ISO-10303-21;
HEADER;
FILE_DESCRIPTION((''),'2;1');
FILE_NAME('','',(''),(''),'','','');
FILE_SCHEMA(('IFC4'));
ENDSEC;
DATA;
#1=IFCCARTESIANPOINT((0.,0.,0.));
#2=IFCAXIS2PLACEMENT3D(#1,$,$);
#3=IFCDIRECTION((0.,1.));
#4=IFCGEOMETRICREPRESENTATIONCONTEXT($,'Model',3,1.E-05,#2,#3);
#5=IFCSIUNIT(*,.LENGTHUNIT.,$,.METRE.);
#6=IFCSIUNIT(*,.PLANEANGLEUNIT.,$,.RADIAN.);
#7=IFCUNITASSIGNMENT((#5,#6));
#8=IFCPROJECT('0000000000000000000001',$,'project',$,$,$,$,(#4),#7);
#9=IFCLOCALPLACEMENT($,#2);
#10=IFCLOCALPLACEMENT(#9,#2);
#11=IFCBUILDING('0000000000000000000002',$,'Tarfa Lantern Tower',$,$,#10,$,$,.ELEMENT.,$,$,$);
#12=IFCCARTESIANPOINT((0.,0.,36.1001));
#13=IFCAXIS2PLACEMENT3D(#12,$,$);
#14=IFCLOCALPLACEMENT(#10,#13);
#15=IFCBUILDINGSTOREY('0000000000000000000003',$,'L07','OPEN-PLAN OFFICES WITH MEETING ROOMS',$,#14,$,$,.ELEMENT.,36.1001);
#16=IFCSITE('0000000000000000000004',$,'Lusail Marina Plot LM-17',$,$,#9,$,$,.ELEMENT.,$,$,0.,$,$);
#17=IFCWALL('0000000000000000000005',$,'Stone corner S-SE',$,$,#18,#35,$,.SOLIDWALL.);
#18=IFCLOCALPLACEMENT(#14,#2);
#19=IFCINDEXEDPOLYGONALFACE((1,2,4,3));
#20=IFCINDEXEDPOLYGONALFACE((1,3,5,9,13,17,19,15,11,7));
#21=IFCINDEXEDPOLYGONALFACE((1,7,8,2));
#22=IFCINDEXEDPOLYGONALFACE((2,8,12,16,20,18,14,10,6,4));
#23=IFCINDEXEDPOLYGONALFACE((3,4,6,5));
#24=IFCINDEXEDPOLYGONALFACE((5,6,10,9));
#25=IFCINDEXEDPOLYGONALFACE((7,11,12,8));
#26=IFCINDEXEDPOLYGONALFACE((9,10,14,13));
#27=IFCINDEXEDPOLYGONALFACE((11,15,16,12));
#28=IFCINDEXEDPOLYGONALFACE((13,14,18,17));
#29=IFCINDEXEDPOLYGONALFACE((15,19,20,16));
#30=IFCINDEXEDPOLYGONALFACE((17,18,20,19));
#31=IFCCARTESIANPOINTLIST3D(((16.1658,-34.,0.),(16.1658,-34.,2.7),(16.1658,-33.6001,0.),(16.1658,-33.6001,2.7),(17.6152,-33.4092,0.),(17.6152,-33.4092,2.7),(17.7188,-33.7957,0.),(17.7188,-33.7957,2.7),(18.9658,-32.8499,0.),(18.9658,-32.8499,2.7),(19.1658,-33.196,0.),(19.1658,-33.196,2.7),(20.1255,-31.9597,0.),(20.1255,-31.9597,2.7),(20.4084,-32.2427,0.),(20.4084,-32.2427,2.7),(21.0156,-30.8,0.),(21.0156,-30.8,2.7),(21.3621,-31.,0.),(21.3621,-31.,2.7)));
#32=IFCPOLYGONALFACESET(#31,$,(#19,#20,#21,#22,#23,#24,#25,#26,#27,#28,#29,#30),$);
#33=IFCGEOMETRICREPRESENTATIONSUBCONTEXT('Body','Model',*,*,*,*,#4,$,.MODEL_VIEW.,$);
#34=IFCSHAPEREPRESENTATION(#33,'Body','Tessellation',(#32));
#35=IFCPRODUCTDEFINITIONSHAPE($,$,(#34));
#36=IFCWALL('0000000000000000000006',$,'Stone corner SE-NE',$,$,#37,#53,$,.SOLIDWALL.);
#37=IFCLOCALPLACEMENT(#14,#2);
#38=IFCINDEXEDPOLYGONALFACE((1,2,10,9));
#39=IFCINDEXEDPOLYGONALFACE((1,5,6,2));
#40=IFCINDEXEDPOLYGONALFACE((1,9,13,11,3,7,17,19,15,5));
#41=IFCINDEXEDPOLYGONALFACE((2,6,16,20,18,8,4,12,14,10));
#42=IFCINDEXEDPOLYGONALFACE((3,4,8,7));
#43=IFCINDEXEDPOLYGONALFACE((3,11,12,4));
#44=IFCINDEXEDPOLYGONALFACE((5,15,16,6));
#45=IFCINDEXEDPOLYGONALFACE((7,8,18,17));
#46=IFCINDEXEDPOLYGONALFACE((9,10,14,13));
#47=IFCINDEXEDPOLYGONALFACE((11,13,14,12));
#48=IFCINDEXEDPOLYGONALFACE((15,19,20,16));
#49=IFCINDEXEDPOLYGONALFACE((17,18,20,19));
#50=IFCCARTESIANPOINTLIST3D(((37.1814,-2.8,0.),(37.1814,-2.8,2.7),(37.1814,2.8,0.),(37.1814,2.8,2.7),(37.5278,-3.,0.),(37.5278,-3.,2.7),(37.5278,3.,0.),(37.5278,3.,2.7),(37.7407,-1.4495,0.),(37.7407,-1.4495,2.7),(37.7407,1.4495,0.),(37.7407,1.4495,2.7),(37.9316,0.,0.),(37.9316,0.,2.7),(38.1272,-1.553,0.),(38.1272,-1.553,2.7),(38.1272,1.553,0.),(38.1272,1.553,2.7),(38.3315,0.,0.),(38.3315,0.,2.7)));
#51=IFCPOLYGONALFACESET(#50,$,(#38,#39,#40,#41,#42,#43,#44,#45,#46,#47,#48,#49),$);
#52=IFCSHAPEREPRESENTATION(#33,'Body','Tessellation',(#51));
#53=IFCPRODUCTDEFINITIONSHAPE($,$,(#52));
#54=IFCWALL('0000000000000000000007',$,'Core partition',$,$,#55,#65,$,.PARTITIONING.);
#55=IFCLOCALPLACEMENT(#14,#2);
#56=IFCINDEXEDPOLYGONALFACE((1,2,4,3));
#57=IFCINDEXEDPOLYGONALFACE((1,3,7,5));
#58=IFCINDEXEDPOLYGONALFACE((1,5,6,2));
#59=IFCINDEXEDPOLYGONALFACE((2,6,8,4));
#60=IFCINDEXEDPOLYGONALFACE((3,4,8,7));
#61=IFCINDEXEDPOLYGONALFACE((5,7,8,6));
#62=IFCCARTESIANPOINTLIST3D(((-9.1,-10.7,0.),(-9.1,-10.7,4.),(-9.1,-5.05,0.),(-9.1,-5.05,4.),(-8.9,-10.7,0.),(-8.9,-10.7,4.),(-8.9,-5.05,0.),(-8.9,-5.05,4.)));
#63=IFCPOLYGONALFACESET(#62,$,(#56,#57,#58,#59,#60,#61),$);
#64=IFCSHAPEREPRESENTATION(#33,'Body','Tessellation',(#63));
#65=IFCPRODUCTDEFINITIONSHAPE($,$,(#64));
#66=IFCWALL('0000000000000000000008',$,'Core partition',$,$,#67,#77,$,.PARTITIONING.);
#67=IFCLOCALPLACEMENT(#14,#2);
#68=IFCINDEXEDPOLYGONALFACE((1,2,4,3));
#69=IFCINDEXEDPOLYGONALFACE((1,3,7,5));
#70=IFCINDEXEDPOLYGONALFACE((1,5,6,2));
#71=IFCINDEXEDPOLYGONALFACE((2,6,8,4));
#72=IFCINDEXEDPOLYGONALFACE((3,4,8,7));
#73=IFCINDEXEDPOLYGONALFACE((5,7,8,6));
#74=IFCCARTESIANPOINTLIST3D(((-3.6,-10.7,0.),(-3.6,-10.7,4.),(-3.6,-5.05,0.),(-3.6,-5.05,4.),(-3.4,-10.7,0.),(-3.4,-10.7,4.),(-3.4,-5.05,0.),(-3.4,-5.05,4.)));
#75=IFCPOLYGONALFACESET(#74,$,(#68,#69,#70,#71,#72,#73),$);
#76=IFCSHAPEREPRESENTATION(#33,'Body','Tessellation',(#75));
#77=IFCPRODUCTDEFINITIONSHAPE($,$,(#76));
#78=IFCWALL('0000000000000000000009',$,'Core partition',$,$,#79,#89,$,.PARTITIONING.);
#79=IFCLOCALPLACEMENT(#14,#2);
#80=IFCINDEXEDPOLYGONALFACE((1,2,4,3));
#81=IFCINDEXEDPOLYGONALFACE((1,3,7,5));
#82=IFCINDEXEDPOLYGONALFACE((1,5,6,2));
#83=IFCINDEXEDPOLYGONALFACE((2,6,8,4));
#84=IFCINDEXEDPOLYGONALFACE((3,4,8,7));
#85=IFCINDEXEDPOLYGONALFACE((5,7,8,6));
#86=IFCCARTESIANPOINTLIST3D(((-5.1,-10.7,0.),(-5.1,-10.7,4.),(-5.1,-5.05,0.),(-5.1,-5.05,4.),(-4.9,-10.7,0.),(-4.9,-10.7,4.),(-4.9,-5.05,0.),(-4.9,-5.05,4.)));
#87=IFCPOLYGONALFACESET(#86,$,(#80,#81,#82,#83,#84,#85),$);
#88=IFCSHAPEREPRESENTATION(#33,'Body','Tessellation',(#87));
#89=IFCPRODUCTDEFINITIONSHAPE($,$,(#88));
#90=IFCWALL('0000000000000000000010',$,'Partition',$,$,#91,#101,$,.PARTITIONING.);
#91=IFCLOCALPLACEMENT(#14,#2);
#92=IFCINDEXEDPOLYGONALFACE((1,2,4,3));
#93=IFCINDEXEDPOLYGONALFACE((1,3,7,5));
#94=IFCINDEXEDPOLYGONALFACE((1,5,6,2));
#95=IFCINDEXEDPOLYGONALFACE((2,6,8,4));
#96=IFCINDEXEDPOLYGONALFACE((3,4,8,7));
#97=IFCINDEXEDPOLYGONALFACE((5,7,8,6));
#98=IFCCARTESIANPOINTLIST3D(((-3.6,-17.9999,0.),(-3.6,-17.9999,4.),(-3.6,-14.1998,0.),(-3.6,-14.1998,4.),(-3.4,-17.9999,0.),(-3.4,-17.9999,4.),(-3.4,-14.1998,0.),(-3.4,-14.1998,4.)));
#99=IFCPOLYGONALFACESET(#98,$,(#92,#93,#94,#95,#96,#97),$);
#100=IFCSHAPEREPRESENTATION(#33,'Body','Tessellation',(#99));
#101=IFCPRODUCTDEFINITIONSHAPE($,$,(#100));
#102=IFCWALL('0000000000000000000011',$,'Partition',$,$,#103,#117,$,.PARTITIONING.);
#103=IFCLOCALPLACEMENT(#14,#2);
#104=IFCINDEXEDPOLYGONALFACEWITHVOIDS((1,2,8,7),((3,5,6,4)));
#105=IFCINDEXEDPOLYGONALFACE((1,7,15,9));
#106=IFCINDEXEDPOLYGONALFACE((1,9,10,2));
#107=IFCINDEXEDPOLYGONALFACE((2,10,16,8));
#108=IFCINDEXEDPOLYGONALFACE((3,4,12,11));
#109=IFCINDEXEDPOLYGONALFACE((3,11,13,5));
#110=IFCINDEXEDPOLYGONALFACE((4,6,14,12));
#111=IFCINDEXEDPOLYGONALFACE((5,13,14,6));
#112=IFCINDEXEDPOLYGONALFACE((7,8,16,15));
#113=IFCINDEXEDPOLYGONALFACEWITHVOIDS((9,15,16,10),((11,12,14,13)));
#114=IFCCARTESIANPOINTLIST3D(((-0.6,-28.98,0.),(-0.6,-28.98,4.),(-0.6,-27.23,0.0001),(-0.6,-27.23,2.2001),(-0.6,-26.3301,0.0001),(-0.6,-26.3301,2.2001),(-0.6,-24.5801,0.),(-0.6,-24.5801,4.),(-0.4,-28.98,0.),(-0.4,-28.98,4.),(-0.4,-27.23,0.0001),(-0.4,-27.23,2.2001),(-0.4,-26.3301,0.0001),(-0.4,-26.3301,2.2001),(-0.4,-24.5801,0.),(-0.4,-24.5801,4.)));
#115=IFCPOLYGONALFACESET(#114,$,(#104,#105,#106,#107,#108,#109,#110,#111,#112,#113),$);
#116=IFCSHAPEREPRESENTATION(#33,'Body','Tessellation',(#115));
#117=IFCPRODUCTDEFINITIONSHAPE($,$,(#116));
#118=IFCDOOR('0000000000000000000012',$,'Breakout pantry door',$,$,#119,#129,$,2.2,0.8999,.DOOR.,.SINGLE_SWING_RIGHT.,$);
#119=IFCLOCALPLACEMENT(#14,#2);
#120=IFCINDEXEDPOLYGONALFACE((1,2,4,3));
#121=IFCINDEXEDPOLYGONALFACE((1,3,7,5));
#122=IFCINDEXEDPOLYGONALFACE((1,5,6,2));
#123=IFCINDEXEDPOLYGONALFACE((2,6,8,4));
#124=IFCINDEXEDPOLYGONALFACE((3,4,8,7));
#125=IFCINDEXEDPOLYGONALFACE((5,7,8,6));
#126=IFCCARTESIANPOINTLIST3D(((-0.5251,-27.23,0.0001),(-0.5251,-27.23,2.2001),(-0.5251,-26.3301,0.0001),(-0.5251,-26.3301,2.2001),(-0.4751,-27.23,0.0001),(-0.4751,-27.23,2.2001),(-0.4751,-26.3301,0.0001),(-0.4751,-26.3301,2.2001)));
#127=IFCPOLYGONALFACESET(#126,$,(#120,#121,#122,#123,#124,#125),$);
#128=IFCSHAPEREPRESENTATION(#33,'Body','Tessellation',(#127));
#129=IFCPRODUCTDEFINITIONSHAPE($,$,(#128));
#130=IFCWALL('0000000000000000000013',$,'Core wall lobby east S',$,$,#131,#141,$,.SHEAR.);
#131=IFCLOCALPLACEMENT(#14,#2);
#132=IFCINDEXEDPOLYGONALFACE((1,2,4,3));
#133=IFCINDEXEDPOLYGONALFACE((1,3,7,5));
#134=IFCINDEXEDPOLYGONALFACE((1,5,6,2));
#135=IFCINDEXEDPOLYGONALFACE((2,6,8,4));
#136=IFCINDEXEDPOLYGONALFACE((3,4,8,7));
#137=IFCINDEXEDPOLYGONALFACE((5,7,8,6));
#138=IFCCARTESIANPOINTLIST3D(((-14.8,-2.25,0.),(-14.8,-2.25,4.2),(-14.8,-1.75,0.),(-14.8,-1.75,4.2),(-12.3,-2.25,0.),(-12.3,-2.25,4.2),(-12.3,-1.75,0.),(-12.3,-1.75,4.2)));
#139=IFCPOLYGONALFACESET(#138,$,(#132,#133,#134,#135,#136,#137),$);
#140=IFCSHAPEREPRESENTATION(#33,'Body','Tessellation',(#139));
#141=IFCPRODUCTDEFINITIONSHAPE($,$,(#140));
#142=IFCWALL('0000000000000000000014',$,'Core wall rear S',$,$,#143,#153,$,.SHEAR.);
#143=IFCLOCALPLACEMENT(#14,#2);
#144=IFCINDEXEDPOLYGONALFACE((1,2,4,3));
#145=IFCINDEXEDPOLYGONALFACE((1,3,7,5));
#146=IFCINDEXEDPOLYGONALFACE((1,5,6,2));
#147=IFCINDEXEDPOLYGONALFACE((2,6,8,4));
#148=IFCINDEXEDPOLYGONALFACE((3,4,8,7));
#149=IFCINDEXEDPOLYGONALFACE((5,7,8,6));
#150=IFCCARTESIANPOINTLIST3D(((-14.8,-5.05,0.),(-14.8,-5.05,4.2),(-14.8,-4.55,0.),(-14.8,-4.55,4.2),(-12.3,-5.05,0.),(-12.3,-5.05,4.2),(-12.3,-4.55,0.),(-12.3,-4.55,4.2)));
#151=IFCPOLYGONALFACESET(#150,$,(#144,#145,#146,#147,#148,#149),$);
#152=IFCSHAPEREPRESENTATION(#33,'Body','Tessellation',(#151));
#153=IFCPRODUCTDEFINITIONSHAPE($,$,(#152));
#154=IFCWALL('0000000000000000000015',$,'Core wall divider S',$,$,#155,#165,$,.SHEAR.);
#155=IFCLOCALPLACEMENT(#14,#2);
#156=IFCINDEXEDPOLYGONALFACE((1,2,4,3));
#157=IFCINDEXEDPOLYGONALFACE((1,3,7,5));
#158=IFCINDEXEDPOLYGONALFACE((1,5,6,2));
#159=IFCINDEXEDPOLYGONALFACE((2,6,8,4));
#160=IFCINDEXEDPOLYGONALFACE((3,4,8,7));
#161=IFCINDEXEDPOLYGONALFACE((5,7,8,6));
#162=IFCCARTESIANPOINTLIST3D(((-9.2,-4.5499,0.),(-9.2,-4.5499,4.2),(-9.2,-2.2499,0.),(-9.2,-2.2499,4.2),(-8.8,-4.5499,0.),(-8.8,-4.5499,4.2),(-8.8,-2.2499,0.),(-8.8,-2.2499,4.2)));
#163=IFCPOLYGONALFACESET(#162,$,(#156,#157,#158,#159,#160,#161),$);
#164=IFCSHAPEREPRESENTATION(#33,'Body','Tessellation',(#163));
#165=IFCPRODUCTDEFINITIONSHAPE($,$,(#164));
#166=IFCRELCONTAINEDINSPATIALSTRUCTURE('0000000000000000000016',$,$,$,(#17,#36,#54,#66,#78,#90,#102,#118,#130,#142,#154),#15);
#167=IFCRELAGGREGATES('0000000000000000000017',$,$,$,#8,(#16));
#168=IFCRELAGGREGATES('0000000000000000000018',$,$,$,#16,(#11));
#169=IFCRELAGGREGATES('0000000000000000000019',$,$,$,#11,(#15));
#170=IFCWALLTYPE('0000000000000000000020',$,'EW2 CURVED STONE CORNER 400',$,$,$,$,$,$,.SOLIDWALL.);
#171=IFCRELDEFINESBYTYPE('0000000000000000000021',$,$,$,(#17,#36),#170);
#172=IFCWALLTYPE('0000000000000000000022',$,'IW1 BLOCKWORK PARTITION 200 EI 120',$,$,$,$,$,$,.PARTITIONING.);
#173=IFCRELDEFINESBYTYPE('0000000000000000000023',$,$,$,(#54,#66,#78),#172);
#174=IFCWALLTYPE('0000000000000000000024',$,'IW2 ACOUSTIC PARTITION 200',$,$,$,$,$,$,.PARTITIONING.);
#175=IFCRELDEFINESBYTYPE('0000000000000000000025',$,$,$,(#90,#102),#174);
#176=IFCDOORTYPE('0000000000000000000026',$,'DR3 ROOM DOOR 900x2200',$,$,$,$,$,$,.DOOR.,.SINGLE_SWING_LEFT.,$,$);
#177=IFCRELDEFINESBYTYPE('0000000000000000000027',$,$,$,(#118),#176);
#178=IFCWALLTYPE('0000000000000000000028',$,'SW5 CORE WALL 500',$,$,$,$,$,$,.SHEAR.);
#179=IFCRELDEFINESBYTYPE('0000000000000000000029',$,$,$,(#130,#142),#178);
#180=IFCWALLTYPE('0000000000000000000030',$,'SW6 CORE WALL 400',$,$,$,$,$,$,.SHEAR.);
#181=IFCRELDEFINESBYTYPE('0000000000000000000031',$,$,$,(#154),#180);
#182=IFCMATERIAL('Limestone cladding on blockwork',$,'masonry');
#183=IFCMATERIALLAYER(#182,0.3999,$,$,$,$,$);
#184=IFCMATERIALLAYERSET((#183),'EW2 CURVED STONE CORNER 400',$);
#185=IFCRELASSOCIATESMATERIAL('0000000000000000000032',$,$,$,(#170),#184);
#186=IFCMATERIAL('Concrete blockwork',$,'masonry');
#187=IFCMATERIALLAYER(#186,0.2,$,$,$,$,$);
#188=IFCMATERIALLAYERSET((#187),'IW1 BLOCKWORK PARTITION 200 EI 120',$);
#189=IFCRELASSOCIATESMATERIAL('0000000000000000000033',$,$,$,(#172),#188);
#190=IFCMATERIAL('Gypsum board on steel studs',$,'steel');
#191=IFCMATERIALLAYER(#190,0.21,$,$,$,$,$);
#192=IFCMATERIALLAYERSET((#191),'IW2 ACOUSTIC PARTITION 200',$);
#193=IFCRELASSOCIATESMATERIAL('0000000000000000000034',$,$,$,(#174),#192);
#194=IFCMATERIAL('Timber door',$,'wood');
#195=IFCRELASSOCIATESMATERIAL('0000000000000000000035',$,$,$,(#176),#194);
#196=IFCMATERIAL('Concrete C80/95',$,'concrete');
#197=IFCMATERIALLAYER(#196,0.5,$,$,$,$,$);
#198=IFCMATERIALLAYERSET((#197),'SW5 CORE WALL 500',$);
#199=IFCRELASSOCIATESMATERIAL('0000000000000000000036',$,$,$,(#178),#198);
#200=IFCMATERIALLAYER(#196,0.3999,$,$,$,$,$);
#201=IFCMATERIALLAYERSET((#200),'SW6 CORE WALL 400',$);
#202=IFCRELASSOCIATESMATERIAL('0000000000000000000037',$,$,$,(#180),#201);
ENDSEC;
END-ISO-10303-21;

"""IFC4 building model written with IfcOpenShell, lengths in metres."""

from ifc_helpers import new_model, si_unit, direction, frame, frame_2d, origin, place, context, subcontext, project, spatial, polyline, rectangle, outline, extrude, material, layer, layer_set, type_object, element, fill, save


model = new_model("IFC4")

# Units and contexts
model_context = context("Model", 3, precision=1e-05, world=origin(), true_north=direction((0.0, 1.0)))
body_context = subcontext(model_context, "Body", "Model", "MODEL_VIEW")
ifc_project = project(units=[si_unit("LENGTHUNIT", "METRE"), si_unit("PLANEANGLEUNIT", "RADIAN")], contexts=[model_context])

# Site, building, storey
site_placement = place(None, origin())
site = spatial("IfcSite", under=ifc_project, at=site_placement, Name="Lusail Marina Plot LM-17", CompositionType="ELEMENT", RefElevation=0.0)
building_placement = place(site_placement, origin())
building = spatial("IfcBuilding", under=site, at=building_placement, Name="Tarfa Lantern Tower", CompositionType="ELEMENT")
storey_placement = place(building_placement, frame((0.0, 0.0, 36.1001)))
storey = spatial("IfcBuildingStorey", under=building, at=storey_placement, Name="L07", Description="OPEN-PLAN OFFICES WITH MEETING ROOMS", CompositionType="ELEMENT", Elevation=36.1001)

# Walls
ifc_material_1 = material(Name="Limestone cladding on blockwork", Category="masonry")
ifc_layer_1 = layer(ifc_material_1, 0.3999)
ifc_layer_set_1 = layer_set([ifc_layer_1], Name="EW2 CURVED STONE CORNER 400")
wall_type_1 = type_object("IfcWallType", Name="EW2 CURVED STONE CORNER 400", PredefinedType="SOLIDWALL", material=ifc_layer_set_1)
wall_1_placement = place(storey_placement, origin())
element("IfcWall", 1, at=wall_1_placement, inside=storey, type_object=wall_type_1, Name="Stone corner S-SE", PredefinedType="SOLIDWALL", context=body_context, shape_type="SweptSolid", body=[
    extrude(outline(polyline([(16.1658, -34.0), (17.7188, -33.7957), (19.1658, -33.196), (20.4084, -32.2427), (21.3621, -31.0), (21.0156, -30.8), (20.1255, -31.9597), (18.9658, -32.8499), (17.6152, -33.4092), (16.1658, -33.6001), (16.1658, -34.0)])), origin(), (0.0, 0.0, 1.0), 2.7),
])
wall_2_placement = place(storey_placement, origin())
element("IfcWall", 2, at=wall_2_placement, inside=storey, type_object=wall_type_1, Name="Stone corner SE-NE", PredefinedType="SOLIDWALL", context=body_context, shape_type="SweptSolid", body=[
    extrude(outline(polyline([(37.5278, -3.0), (38.1272, -1.553), (38.3315, 0.0), (38.1272, 1.553), (37.5278, 3.0), (37.1814, 2.8), (37.7407, 1.4495), (37.9316, 0.0), (37.7407, -1.4495), (37.1814, -2.8), (37.5278, -3.0)])), origin(), (0.0, 0.0, 1.0), 2.7),
])
ifc_material_2 = material(Name="Concrete blockwork", Category="masonry")
ifc_layer_2 = layer(ifc_material_2, 0.2)
ifc_layer_set_2 = layer_set([ifc_layer_2], Name="IW1 BLOCKWORK PARTITION 200 EI 120")
wall_type_2 = type_object("IfcWallType", Name="IW1 BLOCKWORK PARTITION 200 EI 120", PredefinedType="PARTITIONING", material=ifc_layer_set_2)
for number, where, z_axis, x_axis, name in (
    (3, (-9.0, -5.05, 0.0), (0.0, 0.0, 1.0), (0.0, -1.0, 0.0), "Core partition"),
    (4, (-3.5, -5.05, 0.0), (0.0, 0.0, 1.0), (0.0, -1.0, 0.0), "Core partition"),
    (5, (-5.0, -5.05, 0.0), (0.0, 0.0, 1.0), (0.0, -1.0, 0.0), "Core partition"),
):
    element("IfcWall", number, at=place(storey_placement, frame(where, z_axis=z_axis, x_axis=x_axis)), inside=storey, type_object=wall_type_2, Name=name, PredefinedType="PARTITIONING", context=body_context, shape_type="SweptSolid", body=[
        extrude(rectangle(XDim=5.6499, YDim=0.2, at=frame_2d((2.825, 0.0))), origin(), (0.0, 0.0, 1.0), 4.0),
    ])
ifc_material_3 = material(Name="Gypsum board on steel studs", Category="steel")
ifc_layer_3 = layer(ifc_material_3, 0.21)
ifc_layer_set_3 = layer_set([ifc_layer_3], Name="IW2 ACOUSTIC PARTITION 200")
wall_type_3 = type_object("IfcWallType", Name="IW2 ACOUSTIC PARTITION 200", PredefinedType="PARTITIONING", material=ifc_layer_set_3)
wall_3_placement = place(storey_placement, frame((-3.5, -14.2, 0.0), z_axis=(0.0, 0.0, 1.0), x_axis=(0.0, -1.0, 0.0)))
element("IfcWall", 6, at=wall_3_placement, inside=storey, type_object=wall_type_3, Name="Partition", PredefinedType="PARTITIONING", context=body_context, shape_type="SweptSolid", body=[
    extrude(rectangle(XDim=3.8, YDim=0.2, at=frame_2d((1.8999, 0.0))), origin(), (0.0, 0.0, 1.0), 4.0),
])

# Wall, opening, door
wall_4_placement = place(storey_placement, frame((-0.5, -24.5801, 0.0), z_axis=(0.0, 0.0, 1.0), x_axis=(0.0, -1.0, 0.0)))
wall_4 = element("IfcWall", 7, at=wall_4_placement, inside=storey, type_object=wall_type_3, Name="Partition", PredefinedType="PARTITIONING", context=body_context, shape_type="SweptSolid", body=[
    extrude(rectangle(XDim=4.3999, YDim=0.2, at=frame_2d((2.2, 0.0))), origin(), (0.0, 0.0, 1.0), 4.0),
])
opening_1_placement = place(wall_4_placement, frame((1.75, 0.0, 0.0)))
opening_1 = element("IfcOpeningElement", 8, at=opening_1_placement, cuts=wall_4, PredefinedType="OPENING", context=body_context, shape_type="SweptSolid", body=[
    extrude(rectangle(XDim=0.8999, YDim=2.2, at=frame_2d((0.45, 1.1001))), frame((0.0, 0.1099, 0.0), z_axis=(0.0, -1.0, 0.0), x_axis=(1.0, 0.0, 0.0)), (0.0, 0.0, 1.0), 0.22),
])
ifc_material_4 = material(Name="Timber door", Category="wood")
door_type_1 = type_object("IfcDoorType", Name="DR3 ROOM DOOR 900x2200", OperationType="SINGLE_SWING_LEFT", PredefinedType="DOOR", material=ifc_material_4)
door_1_placement = place(opening_1_placement, origin())
door_1 = element("IfcDoor", 9, at=door_1_placement, inside=storey, type_object=door_type_1, Name="Breakout pantry door", OperationType="SINGLE_SWING_RIGHT", OverallHeight=2.2, OverallWidth=0.8999, PredefinedType="DOOR", context=body_context, shape_type="SweptSolid", body=[
    extrude(rectangle(XDim=0.8999, YDim=2.2, at=frame_2d((0.45, 1.1001))), frame((0.0, 0.0249, 0.0), z_axis=(0.0, -1.0, 0.0), x_axis=(1.0, 0.0, 0.0)), (0.0, 0.0, 1.0), 0.05),
])
fill(opening_1, door_1)

# Walls
ifc_material_5 = material(Name="Concrete C80/95", Category="concrete")
ifc_layer_4 = layer(ifc_material_5, 0.5)
ifc_layer_set_4 = layer_set([ifc_layer_4], Name="SW5 CORE WALL 500")
wall_type_4 = type_object("IfcWallType", Name="SW5 CORE WALL 500", PredefinedType="SHEAR", material=ifc_layer_set_4)
for number, where, z_axis, x_axis, name in (
    (10, (-12.3, -2.0, 0.0), (0.0, 0.0, 1.0), (-1.0, 0.0, 0.0), "Core wall lobby east S"),
    (11, (-12.3, -4.8, 0.0), (0.0, 0.0, 1.0), (-1.0, 0.0, 0.0), "Core wall rear S"),
):
    element("IfcWall", number, at=place(storey_placement, frame(where, z_axis=z_axis, x_axis=x_axis)), inside=storey, type_object=wall_type_4, Name=name, PredefinedType="SHEAR", context=body_context, shape_type="SweptSolid", body=[
        extrude(rectangle(XDim=2.5, YDim=0.5, at=frame_2d((1.25, 0.0))), origin(), (0.0, 0.0, 1.0), 4.2),
    ])
ifc_layer_5 = layer(ifc_material_5, 0.3999)
ifc_layer_set_5 = layer_set([ifc_layer_5], Name="SW6 CORE WALL 400")
wall_type_5 = type_object("IfcWallType", Name="SW6 CORE WALL 400", PredefinedType="SHEAR", material=ifc_layer_set_5)
wall_5_placement = place(storey_placement, frame((-9.0, -2.25, 0.0), z_axis=(0.0, 0.0, 1.0), x_axis=(0.0, -1.0, 0.0)))
element("IfcWall", 12, at=wall_5_placement, inside=storey, type_object=wall_type_5, Name="Core wall divider S", PredefinedType="SHEAR", context=body_context, shape_type="SweptSolid", body=[
    extrude(rectangle(XDim=2.3, YDim=0.3999, at=frame_2d((1.1499, 0.0))), origin(), (0.0, 0.0, 1.0), 4.2),
])

save(model, "model.ifc")
